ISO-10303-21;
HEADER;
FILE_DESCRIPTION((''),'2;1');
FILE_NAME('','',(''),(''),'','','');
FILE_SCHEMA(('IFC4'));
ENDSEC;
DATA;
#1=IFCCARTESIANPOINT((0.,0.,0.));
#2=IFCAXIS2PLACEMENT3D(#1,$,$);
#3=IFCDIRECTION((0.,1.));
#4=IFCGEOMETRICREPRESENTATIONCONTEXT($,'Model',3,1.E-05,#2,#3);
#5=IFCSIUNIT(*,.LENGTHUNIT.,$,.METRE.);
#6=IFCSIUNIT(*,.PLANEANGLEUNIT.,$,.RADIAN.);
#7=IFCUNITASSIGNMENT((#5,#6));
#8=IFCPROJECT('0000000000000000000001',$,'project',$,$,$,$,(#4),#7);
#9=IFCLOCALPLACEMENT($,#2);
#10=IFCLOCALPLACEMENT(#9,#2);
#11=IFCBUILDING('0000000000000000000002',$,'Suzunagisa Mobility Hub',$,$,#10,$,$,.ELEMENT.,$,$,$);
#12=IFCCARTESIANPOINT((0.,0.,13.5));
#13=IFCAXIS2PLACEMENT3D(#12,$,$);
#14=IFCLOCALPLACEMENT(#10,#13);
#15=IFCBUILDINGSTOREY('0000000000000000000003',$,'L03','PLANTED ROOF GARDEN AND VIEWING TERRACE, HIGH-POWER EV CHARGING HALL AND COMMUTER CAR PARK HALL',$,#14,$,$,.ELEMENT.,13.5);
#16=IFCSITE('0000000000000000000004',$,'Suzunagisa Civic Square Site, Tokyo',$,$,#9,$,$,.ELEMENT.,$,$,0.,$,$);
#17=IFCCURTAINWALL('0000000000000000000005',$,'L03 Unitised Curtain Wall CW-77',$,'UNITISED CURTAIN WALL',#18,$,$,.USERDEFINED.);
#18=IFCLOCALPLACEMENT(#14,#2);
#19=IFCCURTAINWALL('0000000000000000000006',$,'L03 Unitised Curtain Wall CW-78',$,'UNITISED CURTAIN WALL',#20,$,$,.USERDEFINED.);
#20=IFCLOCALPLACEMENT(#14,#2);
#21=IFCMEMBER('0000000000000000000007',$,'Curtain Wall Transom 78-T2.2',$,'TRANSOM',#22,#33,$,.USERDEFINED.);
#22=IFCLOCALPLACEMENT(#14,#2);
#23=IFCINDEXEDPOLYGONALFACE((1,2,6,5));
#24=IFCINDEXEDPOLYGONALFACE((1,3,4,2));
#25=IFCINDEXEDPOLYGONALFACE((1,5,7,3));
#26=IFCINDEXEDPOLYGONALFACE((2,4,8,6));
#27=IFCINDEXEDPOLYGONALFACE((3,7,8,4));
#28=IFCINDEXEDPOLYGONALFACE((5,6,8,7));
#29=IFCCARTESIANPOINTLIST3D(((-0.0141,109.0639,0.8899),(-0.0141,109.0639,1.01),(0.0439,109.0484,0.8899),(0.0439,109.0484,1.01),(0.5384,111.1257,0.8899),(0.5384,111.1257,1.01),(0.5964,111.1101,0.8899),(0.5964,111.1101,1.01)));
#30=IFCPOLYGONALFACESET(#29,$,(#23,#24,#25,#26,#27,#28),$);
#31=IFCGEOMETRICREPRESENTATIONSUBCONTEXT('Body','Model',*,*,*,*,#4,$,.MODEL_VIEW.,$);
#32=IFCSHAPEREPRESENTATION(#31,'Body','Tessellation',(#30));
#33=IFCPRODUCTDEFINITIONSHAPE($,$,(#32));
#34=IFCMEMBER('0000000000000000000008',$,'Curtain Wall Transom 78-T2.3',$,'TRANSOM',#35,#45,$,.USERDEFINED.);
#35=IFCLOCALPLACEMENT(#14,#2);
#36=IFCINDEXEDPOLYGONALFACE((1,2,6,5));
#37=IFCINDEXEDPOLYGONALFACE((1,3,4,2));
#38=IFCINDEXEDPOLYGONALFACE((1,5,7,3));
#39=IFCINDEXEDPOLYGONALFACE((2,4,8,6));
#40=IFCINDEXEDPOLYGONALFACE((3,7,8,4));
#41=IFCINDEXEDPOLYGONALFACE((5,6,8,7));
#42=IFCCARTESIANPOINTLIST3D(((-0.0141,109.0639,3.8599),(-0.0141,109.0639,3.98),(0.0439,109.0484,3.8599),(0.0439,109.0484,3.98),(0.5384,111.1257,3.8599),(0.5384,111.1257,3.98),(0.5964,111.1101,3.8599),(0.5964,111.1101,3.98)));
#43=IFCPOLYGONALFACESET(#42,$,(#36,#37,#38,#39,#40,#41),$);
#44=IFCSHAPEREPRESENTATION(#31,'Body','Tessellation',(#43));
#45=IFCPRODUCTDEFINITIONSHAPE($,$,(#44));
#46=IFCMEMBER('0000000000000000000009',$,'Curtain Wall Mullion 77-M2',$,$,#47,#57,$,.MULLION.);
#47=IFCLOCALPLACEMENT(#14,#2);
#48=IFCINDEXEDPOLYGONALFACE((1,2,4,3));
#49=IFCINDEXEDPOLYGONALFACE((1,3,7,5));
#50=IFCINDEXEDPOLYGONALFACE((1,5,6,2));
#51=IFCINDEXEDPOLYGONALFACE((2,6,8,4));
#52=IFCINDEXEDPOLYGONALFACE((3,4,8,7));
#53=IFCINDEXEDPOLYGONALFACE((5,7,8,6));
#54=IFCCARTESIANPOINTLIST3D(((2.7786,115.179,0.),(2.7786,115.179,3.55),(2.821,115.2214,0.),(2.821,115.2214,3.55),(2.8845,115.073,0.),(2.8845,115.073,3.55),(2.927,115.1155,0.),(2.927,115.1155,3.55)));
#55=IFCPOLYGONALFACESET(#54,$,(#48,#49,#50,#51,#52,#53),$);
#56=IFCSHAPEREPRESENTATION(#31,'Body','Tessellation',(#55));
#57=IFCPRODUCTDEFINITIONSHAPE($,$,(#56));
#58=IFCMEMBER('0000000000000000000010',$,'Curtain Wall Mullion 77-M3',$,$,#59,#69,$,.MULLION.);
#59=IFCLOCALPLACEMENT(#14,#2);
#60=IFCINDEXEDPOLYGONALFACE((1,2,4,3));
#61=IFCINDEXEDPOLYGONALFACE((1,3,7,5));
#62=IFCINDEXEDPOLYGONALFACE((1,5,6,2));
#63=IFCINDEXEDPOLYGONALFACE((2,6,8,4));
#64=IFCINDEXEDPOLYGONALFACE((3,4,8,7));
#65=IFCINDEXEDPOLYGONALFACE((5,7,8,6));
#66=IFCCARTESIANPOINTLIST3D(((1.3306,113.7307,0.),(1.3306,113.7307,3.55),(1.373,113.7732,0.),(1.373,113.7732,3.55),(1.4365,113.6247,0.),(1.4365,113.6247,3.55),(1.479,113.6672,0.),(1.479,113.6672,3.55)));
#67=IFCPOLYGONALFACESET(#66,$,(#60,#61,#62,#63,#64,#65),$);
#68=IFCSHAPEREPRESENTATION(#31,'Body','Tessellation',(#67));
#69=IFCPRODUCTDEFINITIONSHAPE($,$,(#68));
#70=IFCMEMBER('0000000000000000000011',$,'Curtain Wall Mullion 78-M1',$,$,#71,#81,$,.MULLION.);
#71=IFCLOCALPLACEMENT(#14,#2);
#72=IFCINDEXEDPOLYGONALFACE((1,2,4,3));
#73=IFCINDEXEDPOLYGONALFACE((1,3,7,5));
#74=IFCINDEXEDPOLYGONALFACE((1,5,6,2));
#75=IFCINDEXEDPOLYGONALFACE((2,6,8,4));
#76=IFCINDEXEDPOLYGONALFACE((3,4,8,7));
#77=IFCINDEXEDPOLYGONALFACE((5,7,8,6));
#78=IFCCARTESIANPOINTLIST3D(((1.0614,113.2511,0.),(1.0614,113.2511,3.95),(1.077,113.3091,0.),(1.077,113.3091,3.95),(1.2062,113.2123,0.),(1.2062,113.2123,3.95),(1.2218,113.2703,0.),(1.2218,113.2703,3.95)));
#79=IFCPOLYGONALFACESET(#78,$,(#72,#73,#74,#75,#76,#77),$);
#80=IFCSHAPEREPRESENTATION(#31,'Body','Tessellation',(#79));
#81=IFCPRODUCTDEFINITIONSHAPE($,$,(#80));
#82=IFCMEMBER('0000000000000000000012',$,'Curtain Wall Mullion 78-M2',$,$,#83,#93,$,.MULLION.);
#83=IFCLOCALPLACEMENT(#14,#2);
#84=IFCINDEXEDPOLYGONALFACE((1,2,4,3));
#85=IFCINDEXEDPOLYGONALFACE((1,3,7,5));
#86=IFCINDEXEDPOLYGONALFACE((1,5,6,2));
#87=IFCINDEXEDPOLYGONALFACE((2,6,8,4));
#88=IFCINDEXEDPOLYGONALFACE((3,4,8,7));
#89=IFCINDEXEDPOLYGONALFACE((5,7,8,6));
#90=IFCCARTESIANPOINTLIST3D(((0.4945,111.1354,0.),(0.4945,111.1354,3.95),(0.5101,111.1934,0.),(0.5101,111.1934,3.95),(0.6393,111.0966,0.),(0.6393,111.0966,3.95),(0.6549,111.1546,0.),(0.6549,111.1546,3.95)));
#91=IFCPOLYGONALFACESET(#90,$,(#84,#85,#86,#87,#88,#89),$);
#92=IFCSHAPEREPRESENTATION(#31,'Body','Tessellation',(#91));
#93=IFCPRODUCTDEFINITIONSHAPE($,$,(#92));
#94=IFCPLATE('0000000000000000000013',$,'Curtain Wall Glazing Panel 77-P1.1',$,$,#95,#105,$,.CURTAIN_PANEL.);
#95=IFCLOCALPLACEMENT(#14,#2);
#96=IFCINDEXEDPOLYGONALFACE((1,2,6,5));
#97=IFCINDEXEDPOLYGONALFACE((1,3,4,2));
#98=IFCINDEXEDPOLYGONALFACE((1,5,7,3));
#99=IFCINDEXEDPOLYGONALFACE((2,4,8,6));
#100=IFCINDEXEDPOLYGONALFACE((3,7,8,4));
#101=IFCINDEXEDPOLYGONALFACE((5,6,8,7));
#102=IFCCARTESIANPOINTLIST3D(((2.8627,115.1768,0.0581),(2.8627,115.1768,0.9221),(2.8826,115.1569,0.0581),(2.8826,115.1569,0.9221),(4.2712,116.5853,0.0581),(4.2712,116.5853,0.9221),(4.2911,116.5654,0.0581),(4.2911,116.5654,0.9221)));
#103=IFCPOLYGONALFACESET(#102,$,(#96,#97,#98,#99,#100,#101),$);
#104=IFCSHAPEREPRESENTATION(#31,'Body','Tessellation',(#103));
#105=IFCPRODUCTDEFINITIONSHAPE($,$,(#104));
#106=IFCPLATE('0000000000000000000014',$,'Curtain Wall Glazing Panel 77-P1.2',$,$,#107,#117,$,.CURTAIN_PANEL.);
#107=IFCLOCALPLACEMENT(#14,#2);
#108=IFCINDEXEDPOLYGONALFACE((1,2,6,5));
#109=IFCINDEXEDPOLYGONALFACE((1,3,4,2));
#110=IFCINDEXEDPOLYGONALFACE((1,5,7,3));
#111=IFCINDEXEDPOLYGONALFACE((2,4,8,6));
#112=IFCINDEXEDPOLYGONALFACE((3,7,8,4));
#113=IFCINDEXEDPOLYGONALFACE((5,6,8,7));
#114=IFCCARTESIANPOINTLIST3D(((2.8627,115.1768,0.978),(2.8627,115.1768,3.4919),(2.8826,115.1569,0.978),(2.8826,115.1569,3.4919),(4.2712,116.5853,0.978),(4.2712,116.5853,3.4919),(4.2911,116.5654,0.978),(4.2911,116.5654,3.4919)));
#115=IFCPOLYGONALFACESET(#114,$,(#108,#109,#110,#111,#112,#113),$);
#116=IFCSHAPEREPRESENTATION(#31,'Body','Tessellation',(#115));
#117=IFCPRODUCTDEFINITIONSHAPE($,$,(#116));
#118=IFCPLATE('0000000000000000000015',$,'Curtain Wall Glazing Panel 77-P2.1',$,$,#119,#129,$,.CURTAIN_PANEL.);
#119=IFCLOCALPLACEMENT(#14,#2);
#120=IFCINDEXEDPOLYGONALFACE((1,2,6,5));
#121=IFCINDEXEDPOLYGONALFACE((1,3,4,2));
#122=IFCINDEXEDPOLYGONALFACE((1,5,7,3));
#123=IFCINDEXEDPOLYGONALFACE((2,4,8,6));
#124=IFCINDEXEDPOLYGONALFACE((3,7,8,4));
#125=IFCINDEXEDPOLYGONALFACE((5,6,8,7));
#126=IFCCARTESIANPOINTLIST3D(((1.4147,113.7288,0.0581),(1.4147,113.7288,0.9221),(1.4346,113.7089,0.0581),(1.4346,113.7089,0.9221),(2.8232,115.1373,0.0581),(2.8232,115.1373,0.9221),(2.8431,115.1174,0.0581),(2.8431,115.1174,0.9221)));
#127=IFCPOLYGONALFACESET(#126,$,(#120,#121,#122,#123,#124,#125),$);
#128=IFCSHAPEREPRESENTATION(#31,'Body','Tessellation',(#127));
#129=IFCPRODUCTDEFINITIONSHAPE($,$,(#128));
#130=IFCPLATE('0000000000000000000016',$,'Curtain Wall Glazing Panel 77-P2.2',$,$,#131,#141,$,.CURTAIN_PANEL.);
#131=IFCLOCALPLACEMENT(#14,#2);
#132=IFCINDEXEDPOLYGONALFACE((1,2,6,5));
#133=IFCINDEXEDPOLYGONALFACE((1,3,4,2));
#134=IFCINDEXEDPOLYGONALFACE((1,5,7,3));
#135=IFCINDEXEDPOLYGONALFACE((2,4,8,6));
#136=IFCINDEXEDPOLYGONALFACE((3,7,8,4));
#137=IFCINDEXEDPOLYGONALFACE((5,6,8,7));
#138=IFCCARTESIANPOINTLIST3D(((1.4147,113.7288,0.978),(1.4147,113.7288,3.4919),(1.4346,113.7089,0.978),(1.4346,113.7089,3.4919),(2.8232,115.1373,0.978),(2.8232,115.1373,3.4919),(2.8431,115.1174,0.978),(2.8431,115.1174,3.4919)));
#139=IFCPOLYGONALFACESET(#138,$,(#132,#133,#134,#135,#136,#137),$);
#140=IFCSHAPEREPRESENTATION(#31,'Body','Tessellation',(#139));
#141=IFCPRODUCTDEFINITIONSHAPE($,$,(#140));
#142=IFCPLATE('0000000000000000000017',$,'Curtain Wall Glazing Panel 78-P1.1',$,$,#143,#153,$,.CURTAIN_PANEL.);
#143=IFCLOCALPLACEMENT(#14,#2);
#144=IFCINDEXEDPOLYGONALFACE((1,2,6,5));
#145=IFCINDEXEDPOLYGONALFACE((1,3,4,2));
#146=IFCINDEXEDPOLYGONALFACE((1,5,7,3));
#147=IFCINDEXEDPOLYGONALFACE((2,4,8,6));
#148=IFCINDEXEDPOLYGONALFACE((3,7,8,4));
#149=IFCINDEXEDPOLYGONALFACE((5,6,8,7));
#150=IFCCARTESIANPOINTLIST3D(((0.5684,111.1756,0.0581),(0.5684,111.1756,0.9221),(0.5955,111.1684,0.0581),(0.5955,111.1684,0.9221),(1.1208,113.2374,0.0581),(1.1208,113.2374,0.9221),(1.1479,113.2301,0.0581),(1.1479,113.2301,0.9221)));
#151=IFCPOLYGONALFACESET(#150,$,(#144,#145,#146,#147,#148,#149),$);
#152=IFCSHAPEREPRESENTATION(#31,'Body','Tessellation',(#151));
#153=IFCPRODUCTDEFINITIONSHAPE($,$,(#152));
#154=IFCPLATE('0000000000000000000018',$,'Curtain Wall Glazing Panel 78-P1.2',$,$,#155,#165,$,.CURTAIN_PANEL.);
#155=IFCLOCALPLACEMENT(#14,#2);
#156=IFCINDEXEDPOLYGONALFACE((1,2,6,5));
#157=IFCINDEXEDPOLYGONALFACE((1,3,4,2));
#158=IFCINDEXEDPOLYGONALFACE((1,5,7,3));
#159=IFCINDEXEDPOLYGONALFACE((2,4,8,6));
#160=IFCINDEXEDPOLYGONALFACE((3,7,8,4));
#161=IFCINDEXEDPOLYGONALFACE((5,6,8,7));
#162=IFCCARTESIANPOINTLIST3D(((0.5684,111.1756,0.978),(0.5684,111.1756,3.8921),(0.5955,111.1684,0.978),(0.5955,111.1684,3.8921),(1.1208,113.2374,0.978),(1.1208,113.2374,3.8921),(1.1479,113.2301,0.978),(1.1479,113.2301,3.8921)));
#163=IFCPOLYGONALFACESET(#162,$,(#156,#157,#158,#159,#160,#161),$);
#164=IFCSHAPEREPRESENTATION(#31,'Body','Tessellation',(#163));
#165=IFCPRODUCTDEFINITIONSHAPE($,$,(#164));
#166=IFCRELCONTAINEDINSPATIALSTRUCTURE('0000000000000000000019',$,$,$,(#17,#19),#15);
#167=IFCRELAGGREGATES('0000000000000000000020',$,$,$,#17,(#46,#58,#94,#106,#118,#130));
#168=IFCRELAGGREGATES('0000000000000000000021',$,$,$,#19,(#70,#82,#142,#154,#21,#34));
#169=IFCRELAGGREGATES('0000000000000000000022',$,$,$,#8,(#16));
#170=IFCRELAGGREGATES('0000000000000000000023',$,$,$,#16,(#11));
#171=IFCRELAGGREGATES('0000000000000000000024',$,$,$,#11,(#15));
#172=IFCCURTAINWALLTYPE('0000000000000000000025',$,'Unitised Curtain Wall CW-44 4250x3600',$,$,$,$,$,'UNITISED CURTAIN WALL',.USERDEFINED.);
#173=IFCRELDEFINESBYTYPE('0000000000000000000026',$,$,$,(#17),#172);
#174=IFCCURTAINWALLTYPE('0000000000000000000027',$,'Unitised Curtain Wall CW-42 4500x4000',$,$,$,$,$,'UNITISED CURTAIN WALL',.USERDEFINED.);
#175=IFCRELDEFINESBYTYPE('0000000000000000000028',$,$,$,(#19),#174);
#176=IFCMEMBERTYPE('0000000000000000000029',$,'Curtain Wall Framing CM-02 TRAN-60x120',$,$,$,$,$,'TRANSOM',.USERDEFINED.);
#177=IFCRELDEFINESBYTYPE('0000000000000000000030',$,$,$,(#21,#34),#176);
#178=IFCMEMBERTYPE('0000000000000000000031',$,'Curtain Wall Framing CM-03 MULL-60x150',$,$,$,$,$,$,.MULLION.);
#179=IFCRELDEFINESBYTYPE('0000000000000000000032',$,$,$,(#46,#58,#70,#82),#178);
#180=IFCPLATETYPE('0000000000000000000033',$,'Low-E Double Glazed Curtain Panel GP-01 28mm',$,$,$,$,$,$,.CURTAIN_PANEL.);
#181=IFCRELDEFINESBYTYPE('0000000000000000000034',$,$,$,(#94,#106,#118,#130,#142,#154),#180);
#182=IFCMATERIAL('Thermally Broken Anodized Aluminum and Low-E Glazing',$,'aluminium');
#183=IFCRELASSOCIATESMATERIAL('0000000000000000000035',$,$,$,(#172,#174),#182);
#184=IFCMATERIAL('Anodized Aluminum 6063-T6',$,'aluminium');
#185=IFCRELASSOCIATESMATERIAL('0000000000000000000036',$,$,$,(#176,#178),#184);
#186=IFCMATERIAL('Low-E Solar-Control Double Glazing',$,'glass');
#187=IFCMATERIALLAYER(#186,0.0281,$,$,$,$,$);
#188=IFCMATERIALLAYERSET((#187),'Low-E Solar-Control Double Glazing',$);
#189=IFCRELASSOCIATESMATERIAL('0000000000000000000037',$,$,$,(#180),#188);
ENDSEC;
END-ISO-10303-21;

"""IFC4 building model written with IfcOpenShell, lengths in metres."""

from ifc_helpers import new_model, si_unit, direction, frame, origin, origin_2d, place, context, subcontext, project, spatial, rectangle, extrude, material, layer, layer_set, material_profile, profile_set, type_object, element, aggregate, save


model = new_model("IFC4")

# Units and contexts
model_context = context("Model", 3, precision=1e-05, world=origin(), true_north=direction((0.0, 1.0)))
body_context = subcontext(model_context, "Body", "Model", "MODEL_VIEW")
ifc_project = project(units=[si_unit("LENGTHUNIT", "METRE"), si_unit("PLANEANGLEUNIT", "RADIAN")], contexts=[model_context])

# Site, building, storey
site_placement = place(None, origin())
site = spatial("IfcSite", under=ifc_project, at=site_placement, Name="Suzunagisa Civic Square Site, Tokyo", CompositionType="ELEMENT", RefElevation=0.0)
building_placement = place(site_placement, origin())
building = spatial("IfcBuilding", under=site, at=building_placement, Name="Suzunagisa Mobility Hub", CompositionType="ELEMENT")
storey_placement = place(building_placement, frame((0.0, 0.0, 13.5)))
storey = spatial("IfcBuildingStorey", under=building, at=storey_placement, Name="L03", Description="PLANTED ROOF GARDEN AND VIEWING TERRACE, HIGH-POWER EV CHARGING HALL AND COMMUTER CAR PARK HALL", CompositionType="ELEMENT", Elevation=13.5)

# Curtain walls, members
ifc_material_1 = material(Name="Thermally Broken Anodized Aluminum and Low-E Glazing", Category="aluminium")
curtain_wall_type_1 = type_object("IfcCurtainWallType", Name="Unitised Curtain Wall CW-44 4250x3600", ElementType="UNITISED CURTAIN WALL", PredefinedType="USERDEFINED", material=ifc_material_1)
curtain_wall_1_placement = place(storey_placement, origin())
curtain_wall_1 = element("IfcCurtainWall", 1, at=curtain_wall_1_placement, inside=storey, type_object=curtain_wall_type_1, Name="L03 Unitised Curtain Wall CW-77", ObjectType="UNITISED CURTAIN WALL", PredefinedType="USERDEFINED")
ifc_material_2 = material(Name="Anodized Aluminum 6063-T6", Category="aluminium")
ifc_material_profile_1 = material_profile(ifc_material_2, rectangle(XDim=0.0601, YDim=0.1201, at=origin_2d()), Name="TRAN-60x120")
ifc_profile_set_1 = profile_set([ifc_material_profile_1], Name="Anodized Aluminum 6063-T6")
member_type_1 = type_object("IfcMemberType", Name="Curtain Wall Framing CM-02 TRAN-60x120", ElementType="TRANSOM", PredefinedType="USERDEFINED", material=ifc_profile_set_1)
curtain_wall_type_2 = type_object("IfcCurtainWallType", Name="Unitised Curtain Wall CW-42 4500x4000", ElementType="UNITISED CURTAIN WALL", PredefinedType="USERDEFINED", material=ifc_material_1)
curtain_wall_2_placement = place(storey_placement, origin())
curtain_wall_2 = element("IfcCurtainWall", 2, at=curtain_wall_2_placement, inside=storey, type_object=curtain_wall_type_2, Name="L03 Unitised Curtain Wall CW-78", ObjectType="UNITISED CURTAIN WALL", PredefinedType="USERDEFINED")
member_1_placement = place(storey_placement, frame((0.5674, 111.1179, 0.95), z_axis=(-0.258837, -0.965921, 0.0), x_axis=(0.965921, -0.258837, 0.0)))
member_1 = element("IfcMember", 3, at=member_1_placement, type_object=member_type_1, Name="Curtain Wall Transom 78-T2.2", ObjectType="TRANSOM", PredefinedType="USERDEFINED", context=body_context, shape_type="SweptSolid", body=[
    extrude(rectangle(XDim=0.0601, YDim=0.1201, at=origin_2d()), origin(), (0.0, 0.0, 1.0), 2.1345),
])
member_2_placement = place(storey_placement, frame((0.5674, 111.1179, 3.9199), z_axis=(-0.258837, -0.965921, 0.0), x_axis=(0.965921, -0.258837, 0.0)))
member_2 = element("IfcMember", 4, at=member_2_placement, type_object=member_type_1, Name="Curtain Wall Transom 78-T2.3", ObjectType="TRANSOM", PredefinedType="USERDEFINED", context=body_context, shape_type="SweptSolid", body=[
    extrude(rectangle(XDim=0.0601, YDim=0.1201, at=origin_2d()), origin(), (0.0, 0.0, 1.0), 2.1345),
])

# Members
ifc_material_profile_2 = material_profile(ifc_material_2, rectangle(XDim=0.0601, YDim=0.1499, at=origin_2d()), Name="MULL-60x150")
ifc_profile_set_2 = profile_set([ifc_material_profile_2], Name="Anodized Aluminum 6063-T6")
member_type_2 = type_object("IfcMemberType", Name="Curtain Wall Framing CM-03 MULL-60x150", PredefinedType="MULLION", material=ifc_profile_set_2)
member_3_placement = place(storey_placement, frame((2.8528, 115.1472, 0.0), z_axis=(0.0, 0.0, 1.0), x_axis=(-0.707107, -0.707107, 0.0)))
member_3 = element("IfcMember", 5, at=member_3_placement, type_object=member_type_2, Name="Curtain Wall Mullion 77-M2", PredefinedType="MULLION", context=body_context, shape_type="SweptSolid", body=[
    extrude(rectangle(XDim=0.0601, YDim=0.1499, at=origin_2d()), origin(), (0.0, 0.0, 1.0), 3.55),
])
member_4_placement = place(storey_placement, frame((1.4048, 113.699, 0.0), z_axis=(0.0, 0.0, 1.0), x_axis=(-0.707107, -0.707107, 0.0)))
member_4 = element("IfcMember", 6, at=member_4_placement, type_object=member_type_2, Name="Curtain Wall Mullion 77-M3", PredefinedType="MULLION", context=body_context, shape_type="SweptSolid", body=[
    extrude(rectangle(XDim=0.0601, YDim=0.1499, at=origin_2d()), origin(), (0.0, 0.0, 1.0), 3.55),
])
member_5_placement = place(storey_placement, frame((1.1416, 113.2607, 0.0), z_axis=(0.0, 0.0, 1.0), x_axis=(-0.258814, -0.965927, 0.0)))
member_5 = element("IfcMember", 7, at=member_5_placement, type_object=member_type_2, Name="Curtain Wall Mullion 78-M1", PredefinedType="MULLION", context=body_context, shape_type="SweptSolid", body=[
    extrude(rectangle(XDim=0.0601, YDim=0.1499, at=origin_2d()), origin(), (0.0, 0.0, 1.0), 3.95),
])
member_6_placement = place(storey_placement, frame((0.5747, 111.145, 0.0), z_axis=(0.0, 0.0, 1.0), x_axis=(-0.258814, -0.965927, 0.0)))
member_6 = element("IfcMember", 8, at=member_6_placement, type_object=member_type_2, Name="Curtain Wall Mullion 78-M2", PredefinedType="MULLION", context=body_context, shape_type="SweptSolid", body=[
    extrude(rectangle(XDim=0.0601, YDim=0.1499, at=origin_2d()), origin(), (0.0, 0.0, 1.0), 3.95),
])

# Plates
ifc_material_3 = material(Name="Low-E Solar-Control Double Glazing", Category="glass")
ifc_layer = layer(ifc_material_3, 0.0281)
ifc_layer_set = layer_set([ifc_layer], Name="Low-E Solar-Control Double Glazing")
plate_type = type_object("IfcPlateType", Name="Low-E Double Glazed Curtain Panel GP-01 28mm", PredefinedType="CURTAIN_PANEL", material=ifc_layer_set)
plate_1_placement = place(storey_placement, frame((3.5769, 115.8711, 0.0581), z_axis=(0.0, 0.0, 1.0), x_axis=(-0.707107, -0.707107, 0.0)))
plate_1 = element("IfcPlate", 9, at=plate_1_placement, type_object=plate_type, Name="Curtain Wall Glazing Panel 77-P1.1", PredefinedType="CURTAIN_PANEL", context=body_context, shape_type="SweptSolid", body=[
    extrude(rectangle(XDim=1.9919, YDim=0.0281, at=origin_2d()), origin(), (0.0, 0.0, 1.0), 0.864),
])
plate_2_placement = place(storey_placement, frame((3.5769, 115.8711, 0.978), z_axis=(0.0, 0.0, 1.0), x_axis=(-0.707107, -0.707107, 0.0)))
plate_2 = element("IfcPlate", 10, at=plate_2_placement, type_object=plate_type, Name="Curtain Wall Glazing Panel 77-P1.2", PredefinedType="CURTAIN_PANEL", context=body_context, shape_type="SweptSolid", body=[
    extrude(rectangle(XDim=1.9919, YDim=0.0281, at=origin_2d()), origin(), (0.0, 0.0, 1.0), 2.5139),
])
plate_3_placement = place(storey_placement, frame((2.1289, 114.4231, 0.0581), z_axis=(0.0, 0.0, 1.0), x_axis=(-0.707107, -0.707107, 0.0)))
plate_3 = element("IfcPlate", 11, at=plate_3_placement, type_object=plate_type, Name="Curtain Wall Glazing Panel 77-P2.1", PredefinedType="CURTAIN_PANEL", context=body_context, shape_type="SweptSolid", body=[
    extrude(rectangle(XDim=1.9919, YDim=0.0281, at=origin_2d()), origin(), (0.0, 0.0, 1.0), 0.864),
])
plate_4_placement = place(storey_placement, frame((2.1289, 114.4231, 0.978), z_axis=(0.0, 0.0, 1.0), x_axis=(-0.707107, -0.707107, 0.0)))
plate_4 = element("IfcPlate", 12, at=plate_4_placement, type_object=plate_type, Name="Curtain Wall Glazing Panel 77-P2.2", PredefinedType="CURTAIN_PANEL", context=body_context, shape_type="SweptSolid", body=[
    extrude(rectangle(XDim=1.9919, YDim=0.0281, at=origin_2d()), origin(), (0.0, 0.0, 1.0), 2.5139),
])
aggregate(curtain_wall_1, [member_3, member_4, plate_1, plate_2, plate_3, plate_4])
plate_5_placement = place(storey_placement, frame((0.8582, 112.2029, 0.0581), z_axis=(0.0, 0.0, 1.0), x_axis=(-0.258814, -0.965927, 0.0)))
plate_5 = element("IfcPlate", 13, at=plate_5_placement, type_object=plate_type, Name="Curtain Wall Glazing Panel 78-P1.1", PredefinedType="CURTAIN_PANEL", context=body_context, shape_type="SweptSolid", body=[
    extrude(rectangle(XDim=2.1345, YDim=0.0281, at=origin_2d()), origin(), (0.0, 0.0, 1.0), 0.864),
])
plate_6_placement = place(storey_placement, frame((0.8582, 112.2029, 0.978), z_axis=(0.0, 0.0, 1.0), x_axis=(-0.258814, -0.965927, 0.0)))
plate_6 = element("IfcPlate", 14, at=plate_6_placement, type_object=plate_type, Name="Curtain Wall Glazing Panel 78-P1.2", PredefinedType="CURTAIN_PANEL", context=body_context, shape_type="SweptSolid", body=[
    extrude(rectangle(XDim=2.1345, YDim=0.0281, at=origin_2d()), origin(), (0.0, 0.0, 1.0), 2.9141),
])
aggregate(curtain_wall_2, [member_5, member_6, plate_5, plate_6, member_1, member_2])

save(model, "model.ifc")
